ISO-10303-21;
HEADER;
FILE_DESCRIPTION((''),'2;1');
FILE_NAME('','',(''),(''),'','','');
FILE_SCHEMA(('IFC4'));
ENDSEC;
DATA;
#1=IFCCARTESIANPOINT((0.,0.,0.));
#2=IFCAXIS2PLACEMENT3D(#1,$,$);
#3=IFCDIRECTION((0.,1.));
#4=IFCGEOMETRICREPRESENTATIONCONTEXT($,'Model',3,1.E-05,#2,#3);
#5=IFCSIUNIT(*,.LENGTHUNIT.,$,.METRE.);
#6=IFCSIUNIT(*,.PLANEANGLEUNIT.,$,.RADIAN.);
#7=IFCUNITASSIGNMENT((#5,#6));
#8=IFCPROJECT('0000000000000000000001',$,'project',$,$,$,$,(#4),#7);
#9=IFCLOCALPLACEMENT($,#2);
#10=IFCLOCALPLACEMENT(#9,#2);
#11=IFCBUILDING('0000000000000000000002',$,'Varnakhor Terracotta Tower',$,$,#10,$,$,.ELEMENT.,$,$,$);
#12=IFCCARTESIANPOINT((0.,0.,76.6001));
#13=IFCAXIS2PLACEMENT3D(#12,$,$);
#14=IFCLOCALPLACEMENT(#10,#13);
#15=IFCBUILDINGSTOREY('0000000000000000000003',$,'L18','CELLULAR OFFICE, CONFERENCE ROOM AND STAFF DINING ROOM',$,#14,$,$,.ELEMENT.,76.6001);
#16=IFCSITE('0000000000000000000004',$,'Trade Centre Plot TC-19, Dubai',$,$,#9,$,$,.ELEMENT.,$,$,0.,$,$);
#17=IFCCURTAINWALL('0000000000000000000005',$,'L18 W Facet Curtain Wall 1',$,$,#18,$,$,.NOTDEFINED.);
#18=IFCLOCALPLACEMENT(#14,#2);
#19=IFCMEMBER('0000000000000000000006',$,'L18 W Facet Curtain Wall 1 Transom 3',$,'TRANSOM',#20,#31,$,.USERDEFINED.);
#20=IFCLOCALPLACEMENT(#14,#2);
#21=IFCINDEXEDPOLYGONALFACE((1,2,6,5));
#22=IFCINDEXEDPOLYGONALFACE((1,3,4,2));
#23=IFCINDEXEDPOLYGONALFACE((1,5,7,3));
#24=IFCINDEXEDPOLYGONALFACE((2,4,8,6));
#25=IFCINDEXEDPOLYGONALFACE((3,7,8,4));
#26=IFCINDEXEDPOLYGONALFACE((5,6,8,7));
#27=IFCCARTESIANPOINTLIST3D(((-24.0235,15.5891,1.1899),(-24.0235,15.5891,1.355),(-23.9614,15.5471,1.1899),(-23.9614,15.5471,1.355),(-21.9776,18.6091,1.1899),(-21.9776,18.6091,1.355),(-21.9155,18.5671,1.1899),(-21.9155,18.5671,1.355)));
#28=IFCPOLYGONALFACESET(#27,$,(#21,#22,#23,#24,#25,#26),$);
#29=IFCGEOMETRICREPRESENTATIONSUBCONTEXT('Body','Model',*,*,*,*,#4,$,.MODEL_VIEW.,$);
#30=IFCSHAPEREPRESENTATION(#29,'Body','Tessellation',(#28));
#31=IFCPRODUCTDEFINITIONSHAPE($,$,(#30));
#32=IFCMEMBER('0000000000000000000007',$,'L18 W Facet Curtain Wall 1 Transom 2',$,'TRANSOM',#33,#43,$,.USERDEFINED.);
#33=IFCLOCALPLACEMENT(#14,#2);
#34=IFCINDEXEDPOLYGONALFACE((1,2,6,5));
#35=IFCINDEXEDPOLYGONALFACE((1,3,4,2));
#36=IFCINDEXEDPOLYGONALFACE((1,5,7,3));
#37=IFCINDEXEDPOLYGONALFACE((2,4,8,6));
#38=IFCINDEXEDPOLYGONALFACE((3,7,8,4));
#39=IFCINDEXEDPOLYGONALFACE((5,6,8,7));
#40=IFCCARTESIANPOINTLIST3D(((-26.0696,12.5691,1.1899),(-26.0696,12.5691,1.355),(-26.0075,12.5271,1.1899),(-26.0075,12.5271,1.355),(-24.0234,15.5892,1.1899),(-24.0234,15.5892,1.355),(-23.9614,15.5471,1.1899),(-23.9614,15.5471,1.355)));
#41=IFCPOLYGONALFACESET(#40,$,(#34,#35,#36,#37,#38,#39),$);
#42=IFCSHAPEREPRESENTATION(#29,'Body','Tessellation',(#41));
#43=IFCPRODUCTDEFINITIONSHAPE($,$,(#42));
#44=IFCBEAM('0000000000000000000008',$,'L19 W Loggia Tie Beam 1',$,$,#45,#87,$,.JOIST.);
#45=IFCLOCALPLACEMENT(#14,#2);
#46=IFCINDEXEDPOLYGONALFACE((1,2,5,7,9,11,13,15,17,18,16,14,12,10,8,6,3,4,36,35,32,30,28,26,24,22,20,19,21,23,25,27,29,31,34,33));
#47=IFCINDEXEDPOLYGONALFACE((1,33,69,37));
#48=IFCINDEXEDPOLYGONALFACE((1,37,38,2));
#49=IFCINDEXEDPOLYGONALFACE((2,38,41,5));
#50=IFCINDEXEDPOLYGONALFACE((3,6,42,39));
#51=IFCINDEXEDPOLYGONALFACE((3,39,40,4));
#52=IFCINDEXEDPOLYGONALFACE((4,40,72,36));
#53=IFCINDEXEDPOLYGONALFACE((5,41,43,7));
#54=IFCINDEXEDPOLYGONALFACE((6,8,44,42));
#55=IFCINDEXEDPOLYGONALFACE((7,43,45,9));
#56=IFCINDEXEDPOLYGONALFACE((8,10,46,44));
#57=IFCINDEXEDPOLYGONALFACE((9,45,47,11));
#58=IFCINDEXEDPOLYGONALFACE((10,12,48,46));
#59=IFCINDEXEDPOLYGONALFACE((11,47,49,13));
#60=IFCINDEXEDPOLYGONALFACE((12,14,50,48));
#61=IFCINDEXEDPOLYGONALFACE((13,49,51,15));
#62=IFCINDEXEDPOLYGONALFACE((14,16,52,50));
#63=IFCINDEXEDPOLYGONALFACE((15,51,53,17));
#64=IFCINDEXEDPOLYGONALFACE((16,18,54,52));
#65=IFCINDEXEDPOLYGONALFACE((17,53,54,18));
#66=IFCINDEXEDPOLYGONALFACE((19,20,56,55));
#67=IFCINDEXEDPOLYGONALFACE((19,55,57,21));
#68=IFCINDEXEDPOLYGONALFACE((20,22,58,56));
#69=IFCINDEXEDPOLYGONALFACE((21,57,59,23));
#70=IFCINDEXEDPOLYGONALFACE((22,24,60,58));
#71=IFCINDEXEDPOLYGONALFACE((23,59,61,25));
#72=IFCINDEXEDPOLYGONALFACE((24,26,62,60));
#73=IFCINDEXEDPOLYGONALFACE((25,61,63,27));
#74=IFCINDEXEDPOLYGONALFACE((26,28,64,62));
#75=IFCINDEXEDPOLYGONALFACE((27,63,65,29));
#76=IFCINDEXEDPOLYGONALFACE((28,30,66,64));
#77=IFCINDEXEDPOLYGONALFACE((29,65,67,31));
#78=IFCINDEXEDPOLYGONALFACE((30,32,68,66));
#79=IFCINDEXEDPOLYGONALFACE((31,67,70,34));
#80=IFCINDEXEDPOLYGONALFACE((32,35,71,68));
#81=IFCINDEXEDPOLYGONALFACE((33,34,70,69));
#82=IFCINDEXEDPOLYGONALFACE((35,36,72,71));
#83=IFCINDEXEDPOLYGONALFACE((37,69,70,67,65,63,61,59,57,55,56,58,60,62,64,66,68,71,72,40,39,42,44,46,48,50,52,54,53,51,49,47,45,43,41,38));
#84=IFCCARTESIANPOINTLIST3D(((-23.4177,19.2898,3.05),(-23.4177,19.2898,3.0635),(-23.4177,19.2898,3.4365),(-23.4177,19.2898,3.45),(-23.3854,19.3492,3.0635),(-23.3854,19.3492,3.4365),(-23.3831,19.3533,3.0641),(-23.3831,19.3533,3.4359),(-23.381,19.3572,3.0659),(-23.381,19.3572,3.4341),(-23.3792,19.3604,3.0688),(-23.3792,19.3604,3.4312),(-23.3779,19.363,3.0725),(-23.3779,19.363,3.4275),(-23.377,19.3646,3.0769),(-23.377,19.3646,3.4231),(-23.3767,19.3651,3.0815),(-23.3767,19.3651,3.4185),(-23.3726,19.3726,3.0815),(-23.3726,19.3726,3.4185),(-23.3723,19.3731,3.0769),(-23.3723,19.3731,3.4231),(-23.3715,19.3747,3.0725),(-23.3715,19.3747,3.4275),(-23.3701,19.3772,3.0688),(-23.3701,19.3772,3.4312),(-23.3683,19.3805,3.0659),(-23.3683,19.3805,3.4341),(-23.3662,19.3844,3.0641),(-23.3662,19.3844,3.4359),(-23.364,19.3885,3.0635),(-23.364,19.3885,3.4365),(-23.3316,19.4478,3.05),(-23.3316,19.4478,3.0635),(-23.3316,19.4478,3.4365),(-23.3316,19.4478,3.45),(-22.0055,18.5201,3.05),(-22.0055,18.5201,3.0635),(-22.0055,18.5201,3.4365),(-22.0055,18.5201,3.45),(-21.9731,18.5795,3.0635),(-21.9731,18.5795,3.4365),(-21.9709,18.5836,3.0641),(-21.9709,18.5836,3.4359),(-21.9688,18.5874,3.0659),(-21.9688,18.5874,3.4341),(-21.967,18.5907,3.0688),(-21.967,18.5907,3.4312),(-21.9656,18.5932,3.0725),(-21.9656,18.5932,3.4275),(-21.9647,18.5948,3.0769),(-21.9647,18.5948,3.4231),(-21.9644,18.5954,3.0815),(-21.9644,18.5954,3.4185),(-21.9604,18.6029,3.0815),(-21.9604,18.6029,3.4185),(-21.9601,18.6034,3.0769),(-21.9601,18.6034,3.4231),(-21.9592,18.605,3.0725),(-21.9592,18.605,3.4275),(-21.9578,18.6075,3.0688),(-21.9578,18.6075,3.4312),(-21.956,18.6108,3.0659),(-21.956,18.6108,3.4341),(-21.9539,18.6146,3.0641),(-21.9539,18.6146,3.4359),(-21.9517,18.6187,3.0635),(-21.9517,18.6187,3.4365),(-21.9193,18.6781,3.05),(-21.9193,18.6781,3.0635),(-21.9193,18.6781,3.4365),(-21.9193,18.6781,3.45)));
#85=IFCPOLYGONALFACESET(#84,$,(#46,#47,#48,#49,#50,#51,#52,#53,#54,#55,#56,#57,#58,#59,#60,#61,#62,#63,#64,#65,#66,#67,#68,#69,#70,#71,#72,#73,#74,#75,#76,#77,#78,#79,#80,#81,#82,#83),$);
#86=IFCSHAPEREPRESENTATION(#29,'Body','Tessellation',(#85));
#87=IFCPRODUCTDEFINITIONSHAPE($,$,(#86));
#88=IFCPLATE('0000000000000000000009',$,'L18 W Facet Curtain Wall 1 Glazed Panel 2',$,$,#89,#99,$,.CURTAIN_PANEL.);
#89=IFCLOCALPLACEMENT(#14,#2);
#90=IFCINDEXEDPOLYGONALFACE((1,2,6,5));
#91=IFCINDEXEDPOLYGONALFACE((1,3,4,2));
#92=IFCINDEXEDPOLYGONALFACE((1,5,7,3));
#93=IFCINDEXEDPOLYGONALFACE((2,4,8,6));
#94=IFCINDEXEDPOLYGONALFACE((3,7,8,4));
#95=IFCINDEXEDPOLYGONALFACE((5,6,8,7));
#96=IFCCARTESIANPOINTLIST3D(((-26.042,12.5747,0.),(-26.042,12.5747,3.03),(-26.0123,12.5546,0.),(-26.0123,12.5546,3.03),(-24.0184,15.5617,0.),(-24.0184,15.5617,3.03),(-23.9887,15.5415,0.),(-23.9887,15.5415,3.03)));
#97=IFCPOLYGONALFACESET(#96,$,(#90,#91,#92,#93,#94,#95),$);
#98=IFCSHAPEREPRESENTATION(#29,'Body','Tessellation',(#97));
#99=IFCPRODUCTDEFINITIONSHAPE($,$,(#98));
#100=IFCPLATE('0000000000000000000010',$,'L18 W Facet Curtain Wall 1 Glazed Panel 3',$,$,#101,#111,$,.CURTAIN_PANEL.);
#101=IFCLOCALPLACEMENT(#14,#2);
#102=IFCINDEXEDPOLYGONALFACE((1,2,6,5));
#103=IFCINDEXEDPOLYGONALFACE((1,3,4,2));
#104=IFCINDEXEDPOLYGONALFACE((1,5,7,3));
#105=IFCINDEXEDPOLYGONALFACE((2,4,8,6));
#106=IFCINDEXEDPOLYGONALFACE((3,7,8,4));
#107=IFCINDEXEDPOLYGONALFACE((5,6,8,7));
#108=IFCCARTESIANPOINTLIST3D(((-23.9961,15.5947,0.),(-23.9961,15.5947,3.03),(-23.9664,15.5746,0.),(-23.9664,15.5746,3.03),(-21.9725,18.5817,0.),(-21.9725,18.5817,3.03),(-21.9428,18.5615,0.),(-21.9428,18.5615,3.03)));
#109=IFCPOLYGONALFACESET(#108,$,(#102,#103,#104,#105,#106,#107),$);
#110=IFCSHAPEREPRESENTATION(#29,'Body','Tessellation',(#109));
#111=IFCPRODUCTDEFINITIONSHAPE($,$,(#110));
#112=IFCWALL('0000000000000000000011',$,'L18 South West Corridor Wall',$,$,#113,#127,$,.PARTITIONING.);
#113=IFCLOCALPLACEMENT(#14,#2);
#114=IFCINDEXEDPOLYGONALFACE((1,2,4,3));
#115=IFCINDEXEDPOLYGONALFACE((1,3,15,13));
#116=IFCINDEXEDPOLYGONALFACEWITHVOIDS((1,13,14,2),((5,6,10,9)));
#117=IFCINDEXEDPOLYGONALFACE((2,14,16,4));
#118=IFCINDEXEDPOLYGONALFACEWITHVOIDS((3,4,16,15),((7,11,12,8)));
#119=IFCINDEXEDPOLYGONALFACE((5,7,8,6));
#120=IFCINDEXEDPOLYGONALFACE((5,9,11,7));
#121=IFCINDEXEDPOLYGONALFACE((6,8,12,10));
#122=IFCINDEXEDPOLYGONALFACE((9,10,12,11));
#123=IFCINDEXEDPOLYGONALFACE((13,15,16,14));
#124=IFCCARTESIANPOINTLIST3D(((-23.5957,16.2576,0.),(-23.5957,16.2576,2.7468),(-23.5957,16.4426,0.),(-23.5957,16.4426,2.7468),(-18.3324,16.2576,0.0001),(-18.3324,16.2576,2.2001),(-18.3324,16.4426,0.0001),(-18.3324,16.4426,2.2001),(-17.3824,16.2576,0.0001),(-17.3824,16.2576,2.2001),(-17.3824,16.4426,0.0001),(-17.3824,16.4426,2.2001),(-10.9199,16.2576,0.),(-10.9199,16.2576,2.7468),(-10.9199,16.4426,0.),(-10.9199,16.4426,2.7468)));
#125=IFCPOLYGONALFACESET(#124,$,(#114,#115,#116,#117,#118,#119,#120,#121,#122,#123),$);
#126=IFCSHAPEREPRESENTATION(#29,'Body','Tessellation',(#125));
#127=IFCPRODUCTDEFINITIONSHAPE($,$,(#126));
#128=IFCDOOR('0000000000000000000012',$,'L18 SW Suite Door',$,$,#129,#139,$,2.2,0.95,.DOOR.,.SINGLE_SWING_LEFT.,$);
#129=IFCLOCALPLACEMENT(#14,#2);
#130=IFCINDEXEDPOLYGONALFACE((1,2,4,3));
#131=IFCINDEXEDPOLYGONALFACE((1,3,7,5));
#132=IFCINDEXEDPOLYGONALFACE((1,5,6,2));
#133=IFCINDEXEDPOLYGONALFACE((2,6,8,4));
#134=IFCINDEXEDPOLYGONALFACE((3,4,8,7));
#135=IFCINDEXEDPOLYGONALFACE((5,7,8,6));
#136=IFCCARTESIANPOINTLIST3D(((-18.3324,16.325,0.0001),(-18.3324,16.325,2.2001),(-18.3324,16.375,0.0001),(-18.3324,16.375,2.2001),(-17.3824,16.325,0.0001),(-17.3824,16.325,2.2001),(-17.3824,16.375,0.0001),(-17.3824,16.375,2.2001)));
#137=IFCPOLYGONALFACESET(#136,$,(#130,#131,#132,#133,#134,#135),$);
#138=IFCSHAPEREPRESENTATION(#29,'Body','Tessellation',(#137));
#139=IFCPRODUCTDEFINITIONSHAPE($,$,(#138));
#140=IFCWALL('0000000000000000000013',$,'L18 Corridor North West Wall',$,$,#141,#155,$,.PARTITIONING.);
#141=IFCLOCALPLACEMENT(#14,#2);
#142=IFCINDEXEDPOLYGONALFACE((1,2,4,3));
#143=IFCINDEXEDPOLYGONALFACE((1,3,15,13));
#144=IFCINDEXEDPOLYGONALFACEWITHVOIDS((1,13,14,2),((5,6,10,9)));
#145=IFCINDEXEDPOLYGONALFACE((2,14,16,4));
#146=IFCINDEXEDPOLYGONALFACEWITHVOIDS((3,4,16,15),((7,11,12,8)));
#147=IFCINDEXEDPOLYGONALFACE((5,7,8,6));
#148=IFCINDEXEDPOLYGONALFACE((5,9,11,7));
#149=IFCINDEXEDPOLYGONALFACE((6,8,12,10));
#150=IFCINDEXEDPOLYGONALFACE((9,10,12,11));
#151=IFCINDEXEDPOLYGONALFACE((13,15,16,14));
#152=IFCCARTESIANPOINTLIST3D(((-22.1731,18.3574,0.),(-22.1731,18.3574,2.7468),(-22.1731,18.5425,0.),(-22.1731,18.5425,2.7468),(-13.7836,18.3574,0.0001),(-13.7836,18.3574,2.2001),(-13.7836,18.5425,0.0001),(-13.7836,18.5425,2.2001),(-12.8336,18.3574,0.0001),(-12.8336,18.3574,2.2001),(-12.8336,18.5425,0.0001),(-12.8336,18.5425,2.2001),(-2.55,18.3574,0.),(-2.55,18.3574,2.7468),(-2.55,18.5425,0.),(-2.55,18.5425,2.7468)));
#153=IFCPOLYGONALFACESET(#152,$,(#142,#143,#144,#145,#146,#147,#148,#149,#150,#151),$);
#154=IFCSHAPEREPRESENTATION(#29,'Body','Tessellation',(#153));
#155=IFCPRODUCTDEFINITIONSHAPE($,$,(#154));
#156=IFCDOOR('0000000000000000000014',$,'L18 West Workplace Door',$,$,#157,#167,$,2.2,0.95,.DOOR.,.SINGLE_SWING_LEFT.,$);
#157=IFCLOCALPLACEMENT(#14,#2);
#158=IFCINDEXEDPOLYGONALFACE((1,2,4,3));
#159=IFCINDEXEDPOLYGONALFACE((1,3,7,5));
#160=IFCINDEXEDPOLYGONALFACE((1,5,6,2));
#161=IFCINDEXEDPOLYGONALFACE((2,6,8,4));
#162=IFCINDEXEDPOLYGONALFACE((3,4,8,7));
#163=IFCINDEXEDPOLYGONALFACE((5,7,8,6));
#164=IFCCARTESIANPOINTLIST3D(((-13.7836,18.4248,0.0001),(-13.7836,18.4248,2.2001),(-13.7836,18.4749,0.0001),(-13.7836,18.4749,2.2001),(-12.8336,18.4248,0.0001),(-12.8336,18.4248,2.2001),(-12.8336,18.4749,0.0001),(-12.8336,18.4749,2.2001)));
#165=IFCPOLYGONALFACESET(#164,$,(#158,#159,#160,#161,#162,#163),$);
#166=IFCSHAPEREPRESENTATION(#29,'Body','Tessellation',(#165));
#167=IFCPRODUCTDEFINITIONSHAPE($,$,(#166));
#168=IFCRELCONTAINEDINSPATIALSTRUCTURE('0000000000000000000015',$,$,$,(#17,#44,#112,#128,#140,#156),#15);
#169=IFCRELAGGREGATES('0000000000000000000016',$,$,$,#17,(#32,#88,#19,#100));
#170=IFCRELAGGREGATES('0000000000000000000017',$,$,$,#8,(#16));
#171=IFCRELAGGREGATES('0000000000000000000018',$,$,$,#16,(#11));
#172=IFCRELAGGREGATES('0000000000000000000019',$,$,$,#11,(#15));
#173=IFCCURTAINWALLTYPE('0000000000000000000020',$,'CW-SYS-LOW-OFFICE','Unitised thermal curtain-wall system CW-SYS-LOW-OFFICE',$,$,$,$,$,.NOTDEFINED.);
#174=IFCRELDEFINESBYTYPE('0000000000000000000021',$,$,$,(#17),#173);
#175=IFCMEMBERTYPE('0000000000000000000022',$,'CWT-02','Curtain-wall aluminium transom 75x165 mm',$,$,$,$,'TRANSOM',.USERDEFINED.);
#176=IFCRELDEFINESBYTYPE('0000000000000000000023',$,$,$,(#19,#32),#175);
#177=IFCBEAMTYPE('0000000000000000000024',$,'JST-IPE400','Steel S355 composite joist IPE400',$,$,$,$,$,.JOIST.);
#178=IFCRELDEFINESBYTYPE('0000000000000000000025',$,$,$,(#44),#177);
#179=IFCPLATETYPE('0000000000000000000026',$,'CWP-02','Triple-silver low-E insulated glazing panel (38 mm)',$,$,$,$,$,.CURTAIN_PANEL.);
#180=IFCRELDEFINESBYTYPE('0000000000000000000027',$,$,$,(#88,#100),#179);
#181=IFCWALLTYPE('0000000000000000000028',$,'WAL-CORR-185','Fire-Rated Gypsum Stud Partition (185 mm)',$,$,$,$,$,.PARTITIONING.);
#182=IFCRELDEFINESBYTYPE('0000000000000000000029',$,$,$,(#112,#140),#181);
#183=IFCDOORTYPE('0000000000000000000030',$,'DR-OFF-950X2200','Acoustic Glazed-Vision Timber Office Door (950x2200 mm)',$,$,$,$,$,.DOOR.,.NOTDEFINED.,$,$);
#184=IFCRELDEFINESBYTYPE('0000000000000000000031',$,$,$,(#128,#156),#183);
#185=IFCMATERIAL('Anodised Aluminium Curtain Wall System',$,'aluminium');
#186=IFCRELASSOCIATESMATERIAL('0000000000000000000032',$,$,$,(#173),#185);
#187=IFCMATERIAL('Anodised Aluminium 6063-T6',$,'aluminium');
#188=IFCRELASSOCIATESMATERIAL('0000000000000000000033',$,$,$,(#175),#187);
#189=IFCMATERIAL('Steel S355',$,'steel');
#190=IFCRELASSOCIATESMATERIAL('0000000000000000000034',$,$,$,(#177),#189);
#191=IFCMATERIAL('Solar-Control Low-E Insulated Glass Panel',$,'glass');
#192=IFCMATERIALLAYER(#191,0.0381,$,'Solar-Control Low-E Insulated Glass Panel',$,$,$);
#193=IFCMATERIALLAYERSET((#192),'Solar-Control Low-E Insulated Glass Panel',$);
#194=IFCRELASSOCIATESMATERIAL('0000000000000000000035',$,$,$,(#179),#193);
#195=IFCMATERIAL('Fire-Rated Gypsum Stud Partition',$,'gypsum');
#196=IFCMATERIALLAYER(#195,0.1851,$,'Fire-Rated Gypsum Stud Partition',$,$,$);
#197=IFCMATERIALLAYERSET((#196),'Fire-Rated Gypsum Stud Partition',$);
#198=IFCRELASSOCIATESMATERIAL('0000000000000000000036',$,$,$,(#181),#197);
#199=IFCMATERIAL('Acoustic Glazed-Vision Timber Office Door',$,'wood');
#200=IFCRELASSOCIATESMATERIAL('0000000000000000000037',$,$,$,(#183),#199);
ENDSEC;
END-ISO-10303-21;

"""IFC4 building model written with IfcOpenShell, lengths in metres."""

from ifc_helpers import new_model, si_unit, direction, frame, frame_2d, origin, origin_2d, place, context, subcontext, project, spatial, rectangle, i_section, extrude, source, transform, mapped, material, layer, layer_set, material_profile, profile_set, type_object, type_shapes, element, fill, aggregate, save


model = new_model("IFC4")

# Units and contexts
model_context = context("Model", 3, precision=1e-05, world=origin(), true_north=direction((0.0, 1.0)))
body_context = subcontext(model_context, "Body", "Model", "MODEL_VIEW")
ifc_project = project(units=[si_unit("LENGTHUNIT", "METRE"), si_unit("PLANEANGLEUNIT", "RADIAN")], contexts=[model_context])

# Site, building, storey
site_placement = place(None, origin())
site = spatial("IfcSite", under=ifc_project, at=site_placement, Name="Trade Centre Plot TC-19, Dubai", CompositionType="ELEMENT", RefElevation=0.0)
building_placement = place(site_placement, origin())
building = spatial("IfcBuilding", under=site, at=building_placement, Name="Varnakhor Terracotta Tower", CompositionType="ELEMENT")
storey_placement = place(building_placement, frame((0.0, 0.0, 76.6001)))
storey = spatial("IfcBuildingStorey", under=building, at=storey_placement, Name="L18", Description="CELLULAR OFFICE, CONFERENCE ROOM AND STAFF DINING ROOM", CompositionType="ELEMENT", Elevation=76.6001)

# Shared definitions
ifc_material_1 = material(Name="Steel S355", Category="steel")

# Curtain wall, members
ifc_material_2 = material(Name="Anodised Aluminium Curtain Wall System", Category="aluminium")
curtain_wall_type = type_object("IfcCurtainWallType", Name="CW-SYS-LOW-OFFICE", Description="Unitised thermal curtain-wall system CW-SYS-LOW-OFFICE", PredefinedType="NOTDEFINED", material=ifc_material_2)
curtain_wall_placement = place(storey_placement, origin())
curtain_wall = element("IfcCurtainWall", 1, at=curtain_wall_placement, inside=storey, type_object=curtain_wall_type, Name="L18 W Facet Curtain Wall 1", PredefinedType="NOTDEFINED")
ifc_material_3 = material(Name="Anodised Aluminium 6063-T6", Category="aluminium")
ifc_material_profile_1 = material_profile(ifc_material_3, rectangle(XDim=0.075, YDim=0.165, at=origin_2d()), Name="ALU TRANSOM 75x165")
ifc_profile_set_1 = profile_set([ifc_material_profile_1], Name="Anodised Aluminium 6063-T6")
member_type_1 = type_object("IfcMemberType", Name="CWT-02", Description="Curtain-wall aluminium transom 75x165 mm", ElementType="TRANSOM", PredefinedType="USERDEFINED", material=ifc_profile_set_1)
shared_shape_1 = source(origin(), body_context, "Body", "SweptSolid", [
    extrude(rectangle(XDim=0.075, YDim=0.165, at=origin_2d()), origin(), (0.0, 0.0, 1.0), 3.6477),
])
member_1_placement = place(storey_placement, frame((-23.9924, 15.5681, 1.2725), z_axis=(0.560863, 0.827909, 0.0), x_axis=(-0.827909, 0.560863, 0.0)))
member_1 = element("IfcMember", 2, at=member_1_placement, type_object=member_type_1, Name="L18 W Facet Curtain Wall 1 Transom 3", ObjectType="TRANSOM", PredefinedType="USERDEFINED", context=body_context, shape_type="MappedRepresentation", body=[
    mapped(shared_shape_1, transform((0.0, 0.0, 0.0), scale=1.0)),
])
shared_shape_2 = source(origin(), body_context, "Body", "SweptSolid", [
    extrude(rectangle(XDim=0.075, YDim=0.165, at=origin_2d()), origin(), (0.0, 0.0, 1.0), 3.6479),
])
member_2_placement = place(storey_placement, frame((-26.0386, 12.5481, 1.2725), z_axis=(0.560909, 0.827878, 0.0), x_axis=(-0.827878, 0.560909, 0.0)))
member_2 = element("IfcMember", 3, at=member_2_placement, type_object=member_type_1, Name="L18 W Facet Curtain Wall 1 Transom 2", ObjectType="TRANSOM", PredefinedType="USERDEFINED", context=body_context, shape_type="MappedRepresentation", body=[
    mapped(shared_shape_2, transform((0.0, 0.0, 0.0), scale=1.0)),
])

# Beam
ifc_material_profile_2 = material_profile(ifc_material_1, i_section(OverallWidth=0.1799, OverallDepth=0.3999, WebThickness=0.0085, FlangeThickness=0.0134, FilletRadius=0.0181, at=origin_2d()), Name="IPE400")
ifc_profile_set_2 = profile_set([ifc_material_profile_2], Name="Steel S355")
beam_type_1 = type_object("IfcBeamType", Name="JST-IPE400", Description="Steel S355 composite joist IPE400", PredefinedType="JOIST", material=ifc_profile_set_2)
shared_shape_3 = source(origin(), body_context, "Body", "SweptSolid", [
    extrude(i_section(OverallWidth=0.1799, OverallDepth=0.3999, WebThickness=0.0085, FlangeThickness=0.0134, FilletRadius=0.0181, at=origin_2d()), origin(), (0.0, 0.0, 1.0), 1.6084),
])
beam_1_placement = place(storey_placement, frame((-21.9624, 18.5991, 3.25), z_axis=(-0.878052, 0.478565, 0.0), x_axis=(-0.478565, -0.878052, 0.0)))
element("IfcBeam", 4, at=beam_1_placement, inside=storey, type_object=beam_type_1, Name="L19 W Loggia Tie Beam 1", PredefinedType="JOIST", context=body_context, shape_type="MappedRepresentation", body=[
    mapped(shared_shape_3, transform((0.0, 0.0, 0.0), scale=1.0)),
])

# Plates
ifc_material_4 = material(Name="Solar-Control Low-E Insulated Glass Panel", Category="glass")
ifc_layer_1 = layer(ifc_material_4, 0.0381, Name="Solar-Control Low-E Insulated Glass Panel")
ifc_layer_set_1 = layer_set([ifc_layer_1], Name="Solar-Control Low-E Insulated Glass Panel")
plate_type = type_object("IfcPlateType", Name="CWP-02", Description="Triple-silver low-E insulated glazing panel (38 mm)", PredefinedType="CURTAIN_PANEL", material=ifc_layer_set_1)
shared_shape_4 = source(origin(), body_context, "Body", "SweptSolid", [
    extrude(rectangle(XDim=3.6079, YDim=0.0359, at=origin_2d()), origin(), (0.0, 0.0, 1.0), 3.03),
])
plate_1_placement = place(storey_placement, frame((-25.0154, 14.0581, 0.0), z_axis=(0.0, 0.0, 1.0), x_axis=(0.560885, 0.827894, 0.0)))
plate_1 = element("IfcPlate", 5, at=plate_1_placement, type_object=plate_type, Name="L18 W Facet Curtain Wall 1 Glazed Panel 2", PredefinedType="CURTAIN_PANEL", context=body_context, shape_type="MappedRepresentation", body=[
    mapped(shared_shape_4, transform((0.0, 0.0, 0.0), scale=1.0)),
])
plate_2_placement = place(storey_placement, frame((-22.9695, 17.0781, 0.0), z_axis=(0.0, 0.0, 1.0), x_axis=(0.560885, 0.827894, 0.0)))
plate_2 = element("IfcPlate", 6, at=plate_2_placement, type_object=plate_type, Name="L18 W Facet Curtain Wall 1 Glazed Panel 3", PredefinedType="CURTAIN_PANEL", context=body_context, shape_type="MappedRepresentation", body=[
    mapped(shared_shape_4, transform((0.0, 0.0, 0.0), scale=1.0)),
])
aggregate(curtain_wall, [member_2, plate_1, member_1, plate_2])

# Walls, openings, doors
ifc_material_5 = material(Name="Fire-Rated Gypsum Stud Partition", Category="gypsum")
ifc_layer_2 = layer(ifc_material_5, 0.1851, Name="Fire-Rated Gypsum Stud Partition")
ifc_layer_set_2 = layer_set([ifc_layer_2], Name="Fire-Rated Gypsum Stud Partition")
wall_type_1 = type_object("IfcWallType", Name="WAL-CORR-185", Description="Fire-Rated Gypsum Stud Partition (185 mm)", PredefinedType="PARTITIONING", material=ifc_layer_set_2)
wall_1_placement = place(storey_placement, frame((-23.5957, 16.3501, 0.0), z_axis=(0.0, 0.0, 1.0), x_axis=(1.0, 0.0, 0.0)))
wall_1 = element("IfcWall", 7, at=wall_1_placement, inside=storey, type_object=wall_type_1, Name="L18 South West Corridor Wall", PredefinedType="PARTITIONING", context=body_context, shape_type="SweptSolid", body=[
    extrude(rectangle(XDim=12.6758, YDim=0.1851, at=frame_2d((6.3379, 0.0))), origin(), (0.0, 0.0, 1.0), 2.7468),
])
opening_1_placement = place(wall_1_placement, frame((5.2632, 0.0, 0.0)))
opening_1 = element("IfcOpeningElement", 8, at=opening_1_placement, cuts=wall_1, PredefinedType="OPENING", context=body_context, shape_type="SweptSolid", body=[
    extrude(rectangle(XDim=0.95, YDim=2.2, at=frame_2d((0.4751, 1.1001))), frame((0.0, 0.1025, 0.0), z_axis=(0.0, -1.0, 0.0), x_axis=(1.0, 0.0, 0.0)), (0.0, 0.0, 1.0), 0.2051),
])
ifc_material_6 = material(Name="Acoustic Glazed-Vision Timber Office Door", Category="wood")
door_type_1 = type_object("IfcDoorType", Name="DR-OFF-950X2200", Description="Acoustic Glazed-Vision Timber Office Door (950x2200 mm)", OperationType="NOTDEFINED", PredefinedType="DOOR", material=ifc_material_6)
shared_shape_5 = source(origin(), body_context, "Body", "SweptSolid", [
    extrude(rectangle(XDim=0.95, YDim=2.2, at=frame_2d((0.4751, 1.1001))), frame((0.0, 0.0249, 0.0), z_axis=(0.0, -1.0, 0.0), x_axis=(1.0, 0.0, 0.0)), (0.0, 0.0, 1.0), 0.05),
])
type_shapes(door_type_1, [shared_shape_5])
door_1_placement = place(opening_1_placement, origin())
door_1 = element("IfcDoor", 9, at=door_1_placement, inside=storey, type_object=door_type_1, Name="L18 SW Suite Door", OperationType="SINGLE_SWING_LEFT", OverallHeight=2.2, OverallWidth=0.95, PredefinedType="DOOR", context=body_context, shape_type="MappedRepresentation", body=[
    mapped(shared_shape_5, transform((0.0, 0.0, 0.0), scale=1.0)),
])
fill(opening_1, door_1)
wall_2_placement = place(storey_placement, frame((-22.1731, 18.45, 0.0), z_axis=(0.0, 0.0, 1.0), x_axis=(1.0, 0.0, 0.0)))
wall_2 = element("IfcWall", 10, at=wall_2_placement, inside=storey, type_object=wall_type_1, Name="L18 Corridor North West Wall", PredefinedType="PARTITIONING", context=body_context, shape_type="SweptSolid", body=[
    extrude(rectangle(XDim=19.623, YDim=0.1851, at=frame_2d((9.8115, 0.0))), origin(), (0.0, 0.0, 1.0), 2.7468),
])
opening_2_placement = place(wall_2_placement, frame((8.3894, 0.0, 0.0)))
opening_2 = element("IfcOpeningElement", 11, at=opening_2_placement, cuts=wall_2, PredefinedType="OPENING", context=body_context, shape_type="SweptSolid", body=[
    extrude(rectangle(XDim=0.95, YDim=2.2, at=frame_2d((0.4751, 1.1001))), frame((0.0, 0.1025, 0.0), z_axis=(0.0, -1.0, 0.0), x_axis=(1.0, 0.0, 0.0)), (0.0, 0.0, 1.0), 0.2051),
])
door_2_placement = place(opening_2_placement, origin())
door_2 = element("IfcDoor", 12, at=door_2_placement, inside=storey, type_object=door_type_1, Name="L18 West Workplace Door", OperationType="SINGLE_SWING_LEFT", OverallHeight=2.2, OverallWidth=0.95, PredefinedType="DOOR", context=body_context, shape_type="MappedRepresentation", body=[
    mapped(shared_shape_5, transform((0.0, 0.0, 0.0), scale=1.0)),
])
fill(opening_2, door_2)

save(model, "model.ifc")
